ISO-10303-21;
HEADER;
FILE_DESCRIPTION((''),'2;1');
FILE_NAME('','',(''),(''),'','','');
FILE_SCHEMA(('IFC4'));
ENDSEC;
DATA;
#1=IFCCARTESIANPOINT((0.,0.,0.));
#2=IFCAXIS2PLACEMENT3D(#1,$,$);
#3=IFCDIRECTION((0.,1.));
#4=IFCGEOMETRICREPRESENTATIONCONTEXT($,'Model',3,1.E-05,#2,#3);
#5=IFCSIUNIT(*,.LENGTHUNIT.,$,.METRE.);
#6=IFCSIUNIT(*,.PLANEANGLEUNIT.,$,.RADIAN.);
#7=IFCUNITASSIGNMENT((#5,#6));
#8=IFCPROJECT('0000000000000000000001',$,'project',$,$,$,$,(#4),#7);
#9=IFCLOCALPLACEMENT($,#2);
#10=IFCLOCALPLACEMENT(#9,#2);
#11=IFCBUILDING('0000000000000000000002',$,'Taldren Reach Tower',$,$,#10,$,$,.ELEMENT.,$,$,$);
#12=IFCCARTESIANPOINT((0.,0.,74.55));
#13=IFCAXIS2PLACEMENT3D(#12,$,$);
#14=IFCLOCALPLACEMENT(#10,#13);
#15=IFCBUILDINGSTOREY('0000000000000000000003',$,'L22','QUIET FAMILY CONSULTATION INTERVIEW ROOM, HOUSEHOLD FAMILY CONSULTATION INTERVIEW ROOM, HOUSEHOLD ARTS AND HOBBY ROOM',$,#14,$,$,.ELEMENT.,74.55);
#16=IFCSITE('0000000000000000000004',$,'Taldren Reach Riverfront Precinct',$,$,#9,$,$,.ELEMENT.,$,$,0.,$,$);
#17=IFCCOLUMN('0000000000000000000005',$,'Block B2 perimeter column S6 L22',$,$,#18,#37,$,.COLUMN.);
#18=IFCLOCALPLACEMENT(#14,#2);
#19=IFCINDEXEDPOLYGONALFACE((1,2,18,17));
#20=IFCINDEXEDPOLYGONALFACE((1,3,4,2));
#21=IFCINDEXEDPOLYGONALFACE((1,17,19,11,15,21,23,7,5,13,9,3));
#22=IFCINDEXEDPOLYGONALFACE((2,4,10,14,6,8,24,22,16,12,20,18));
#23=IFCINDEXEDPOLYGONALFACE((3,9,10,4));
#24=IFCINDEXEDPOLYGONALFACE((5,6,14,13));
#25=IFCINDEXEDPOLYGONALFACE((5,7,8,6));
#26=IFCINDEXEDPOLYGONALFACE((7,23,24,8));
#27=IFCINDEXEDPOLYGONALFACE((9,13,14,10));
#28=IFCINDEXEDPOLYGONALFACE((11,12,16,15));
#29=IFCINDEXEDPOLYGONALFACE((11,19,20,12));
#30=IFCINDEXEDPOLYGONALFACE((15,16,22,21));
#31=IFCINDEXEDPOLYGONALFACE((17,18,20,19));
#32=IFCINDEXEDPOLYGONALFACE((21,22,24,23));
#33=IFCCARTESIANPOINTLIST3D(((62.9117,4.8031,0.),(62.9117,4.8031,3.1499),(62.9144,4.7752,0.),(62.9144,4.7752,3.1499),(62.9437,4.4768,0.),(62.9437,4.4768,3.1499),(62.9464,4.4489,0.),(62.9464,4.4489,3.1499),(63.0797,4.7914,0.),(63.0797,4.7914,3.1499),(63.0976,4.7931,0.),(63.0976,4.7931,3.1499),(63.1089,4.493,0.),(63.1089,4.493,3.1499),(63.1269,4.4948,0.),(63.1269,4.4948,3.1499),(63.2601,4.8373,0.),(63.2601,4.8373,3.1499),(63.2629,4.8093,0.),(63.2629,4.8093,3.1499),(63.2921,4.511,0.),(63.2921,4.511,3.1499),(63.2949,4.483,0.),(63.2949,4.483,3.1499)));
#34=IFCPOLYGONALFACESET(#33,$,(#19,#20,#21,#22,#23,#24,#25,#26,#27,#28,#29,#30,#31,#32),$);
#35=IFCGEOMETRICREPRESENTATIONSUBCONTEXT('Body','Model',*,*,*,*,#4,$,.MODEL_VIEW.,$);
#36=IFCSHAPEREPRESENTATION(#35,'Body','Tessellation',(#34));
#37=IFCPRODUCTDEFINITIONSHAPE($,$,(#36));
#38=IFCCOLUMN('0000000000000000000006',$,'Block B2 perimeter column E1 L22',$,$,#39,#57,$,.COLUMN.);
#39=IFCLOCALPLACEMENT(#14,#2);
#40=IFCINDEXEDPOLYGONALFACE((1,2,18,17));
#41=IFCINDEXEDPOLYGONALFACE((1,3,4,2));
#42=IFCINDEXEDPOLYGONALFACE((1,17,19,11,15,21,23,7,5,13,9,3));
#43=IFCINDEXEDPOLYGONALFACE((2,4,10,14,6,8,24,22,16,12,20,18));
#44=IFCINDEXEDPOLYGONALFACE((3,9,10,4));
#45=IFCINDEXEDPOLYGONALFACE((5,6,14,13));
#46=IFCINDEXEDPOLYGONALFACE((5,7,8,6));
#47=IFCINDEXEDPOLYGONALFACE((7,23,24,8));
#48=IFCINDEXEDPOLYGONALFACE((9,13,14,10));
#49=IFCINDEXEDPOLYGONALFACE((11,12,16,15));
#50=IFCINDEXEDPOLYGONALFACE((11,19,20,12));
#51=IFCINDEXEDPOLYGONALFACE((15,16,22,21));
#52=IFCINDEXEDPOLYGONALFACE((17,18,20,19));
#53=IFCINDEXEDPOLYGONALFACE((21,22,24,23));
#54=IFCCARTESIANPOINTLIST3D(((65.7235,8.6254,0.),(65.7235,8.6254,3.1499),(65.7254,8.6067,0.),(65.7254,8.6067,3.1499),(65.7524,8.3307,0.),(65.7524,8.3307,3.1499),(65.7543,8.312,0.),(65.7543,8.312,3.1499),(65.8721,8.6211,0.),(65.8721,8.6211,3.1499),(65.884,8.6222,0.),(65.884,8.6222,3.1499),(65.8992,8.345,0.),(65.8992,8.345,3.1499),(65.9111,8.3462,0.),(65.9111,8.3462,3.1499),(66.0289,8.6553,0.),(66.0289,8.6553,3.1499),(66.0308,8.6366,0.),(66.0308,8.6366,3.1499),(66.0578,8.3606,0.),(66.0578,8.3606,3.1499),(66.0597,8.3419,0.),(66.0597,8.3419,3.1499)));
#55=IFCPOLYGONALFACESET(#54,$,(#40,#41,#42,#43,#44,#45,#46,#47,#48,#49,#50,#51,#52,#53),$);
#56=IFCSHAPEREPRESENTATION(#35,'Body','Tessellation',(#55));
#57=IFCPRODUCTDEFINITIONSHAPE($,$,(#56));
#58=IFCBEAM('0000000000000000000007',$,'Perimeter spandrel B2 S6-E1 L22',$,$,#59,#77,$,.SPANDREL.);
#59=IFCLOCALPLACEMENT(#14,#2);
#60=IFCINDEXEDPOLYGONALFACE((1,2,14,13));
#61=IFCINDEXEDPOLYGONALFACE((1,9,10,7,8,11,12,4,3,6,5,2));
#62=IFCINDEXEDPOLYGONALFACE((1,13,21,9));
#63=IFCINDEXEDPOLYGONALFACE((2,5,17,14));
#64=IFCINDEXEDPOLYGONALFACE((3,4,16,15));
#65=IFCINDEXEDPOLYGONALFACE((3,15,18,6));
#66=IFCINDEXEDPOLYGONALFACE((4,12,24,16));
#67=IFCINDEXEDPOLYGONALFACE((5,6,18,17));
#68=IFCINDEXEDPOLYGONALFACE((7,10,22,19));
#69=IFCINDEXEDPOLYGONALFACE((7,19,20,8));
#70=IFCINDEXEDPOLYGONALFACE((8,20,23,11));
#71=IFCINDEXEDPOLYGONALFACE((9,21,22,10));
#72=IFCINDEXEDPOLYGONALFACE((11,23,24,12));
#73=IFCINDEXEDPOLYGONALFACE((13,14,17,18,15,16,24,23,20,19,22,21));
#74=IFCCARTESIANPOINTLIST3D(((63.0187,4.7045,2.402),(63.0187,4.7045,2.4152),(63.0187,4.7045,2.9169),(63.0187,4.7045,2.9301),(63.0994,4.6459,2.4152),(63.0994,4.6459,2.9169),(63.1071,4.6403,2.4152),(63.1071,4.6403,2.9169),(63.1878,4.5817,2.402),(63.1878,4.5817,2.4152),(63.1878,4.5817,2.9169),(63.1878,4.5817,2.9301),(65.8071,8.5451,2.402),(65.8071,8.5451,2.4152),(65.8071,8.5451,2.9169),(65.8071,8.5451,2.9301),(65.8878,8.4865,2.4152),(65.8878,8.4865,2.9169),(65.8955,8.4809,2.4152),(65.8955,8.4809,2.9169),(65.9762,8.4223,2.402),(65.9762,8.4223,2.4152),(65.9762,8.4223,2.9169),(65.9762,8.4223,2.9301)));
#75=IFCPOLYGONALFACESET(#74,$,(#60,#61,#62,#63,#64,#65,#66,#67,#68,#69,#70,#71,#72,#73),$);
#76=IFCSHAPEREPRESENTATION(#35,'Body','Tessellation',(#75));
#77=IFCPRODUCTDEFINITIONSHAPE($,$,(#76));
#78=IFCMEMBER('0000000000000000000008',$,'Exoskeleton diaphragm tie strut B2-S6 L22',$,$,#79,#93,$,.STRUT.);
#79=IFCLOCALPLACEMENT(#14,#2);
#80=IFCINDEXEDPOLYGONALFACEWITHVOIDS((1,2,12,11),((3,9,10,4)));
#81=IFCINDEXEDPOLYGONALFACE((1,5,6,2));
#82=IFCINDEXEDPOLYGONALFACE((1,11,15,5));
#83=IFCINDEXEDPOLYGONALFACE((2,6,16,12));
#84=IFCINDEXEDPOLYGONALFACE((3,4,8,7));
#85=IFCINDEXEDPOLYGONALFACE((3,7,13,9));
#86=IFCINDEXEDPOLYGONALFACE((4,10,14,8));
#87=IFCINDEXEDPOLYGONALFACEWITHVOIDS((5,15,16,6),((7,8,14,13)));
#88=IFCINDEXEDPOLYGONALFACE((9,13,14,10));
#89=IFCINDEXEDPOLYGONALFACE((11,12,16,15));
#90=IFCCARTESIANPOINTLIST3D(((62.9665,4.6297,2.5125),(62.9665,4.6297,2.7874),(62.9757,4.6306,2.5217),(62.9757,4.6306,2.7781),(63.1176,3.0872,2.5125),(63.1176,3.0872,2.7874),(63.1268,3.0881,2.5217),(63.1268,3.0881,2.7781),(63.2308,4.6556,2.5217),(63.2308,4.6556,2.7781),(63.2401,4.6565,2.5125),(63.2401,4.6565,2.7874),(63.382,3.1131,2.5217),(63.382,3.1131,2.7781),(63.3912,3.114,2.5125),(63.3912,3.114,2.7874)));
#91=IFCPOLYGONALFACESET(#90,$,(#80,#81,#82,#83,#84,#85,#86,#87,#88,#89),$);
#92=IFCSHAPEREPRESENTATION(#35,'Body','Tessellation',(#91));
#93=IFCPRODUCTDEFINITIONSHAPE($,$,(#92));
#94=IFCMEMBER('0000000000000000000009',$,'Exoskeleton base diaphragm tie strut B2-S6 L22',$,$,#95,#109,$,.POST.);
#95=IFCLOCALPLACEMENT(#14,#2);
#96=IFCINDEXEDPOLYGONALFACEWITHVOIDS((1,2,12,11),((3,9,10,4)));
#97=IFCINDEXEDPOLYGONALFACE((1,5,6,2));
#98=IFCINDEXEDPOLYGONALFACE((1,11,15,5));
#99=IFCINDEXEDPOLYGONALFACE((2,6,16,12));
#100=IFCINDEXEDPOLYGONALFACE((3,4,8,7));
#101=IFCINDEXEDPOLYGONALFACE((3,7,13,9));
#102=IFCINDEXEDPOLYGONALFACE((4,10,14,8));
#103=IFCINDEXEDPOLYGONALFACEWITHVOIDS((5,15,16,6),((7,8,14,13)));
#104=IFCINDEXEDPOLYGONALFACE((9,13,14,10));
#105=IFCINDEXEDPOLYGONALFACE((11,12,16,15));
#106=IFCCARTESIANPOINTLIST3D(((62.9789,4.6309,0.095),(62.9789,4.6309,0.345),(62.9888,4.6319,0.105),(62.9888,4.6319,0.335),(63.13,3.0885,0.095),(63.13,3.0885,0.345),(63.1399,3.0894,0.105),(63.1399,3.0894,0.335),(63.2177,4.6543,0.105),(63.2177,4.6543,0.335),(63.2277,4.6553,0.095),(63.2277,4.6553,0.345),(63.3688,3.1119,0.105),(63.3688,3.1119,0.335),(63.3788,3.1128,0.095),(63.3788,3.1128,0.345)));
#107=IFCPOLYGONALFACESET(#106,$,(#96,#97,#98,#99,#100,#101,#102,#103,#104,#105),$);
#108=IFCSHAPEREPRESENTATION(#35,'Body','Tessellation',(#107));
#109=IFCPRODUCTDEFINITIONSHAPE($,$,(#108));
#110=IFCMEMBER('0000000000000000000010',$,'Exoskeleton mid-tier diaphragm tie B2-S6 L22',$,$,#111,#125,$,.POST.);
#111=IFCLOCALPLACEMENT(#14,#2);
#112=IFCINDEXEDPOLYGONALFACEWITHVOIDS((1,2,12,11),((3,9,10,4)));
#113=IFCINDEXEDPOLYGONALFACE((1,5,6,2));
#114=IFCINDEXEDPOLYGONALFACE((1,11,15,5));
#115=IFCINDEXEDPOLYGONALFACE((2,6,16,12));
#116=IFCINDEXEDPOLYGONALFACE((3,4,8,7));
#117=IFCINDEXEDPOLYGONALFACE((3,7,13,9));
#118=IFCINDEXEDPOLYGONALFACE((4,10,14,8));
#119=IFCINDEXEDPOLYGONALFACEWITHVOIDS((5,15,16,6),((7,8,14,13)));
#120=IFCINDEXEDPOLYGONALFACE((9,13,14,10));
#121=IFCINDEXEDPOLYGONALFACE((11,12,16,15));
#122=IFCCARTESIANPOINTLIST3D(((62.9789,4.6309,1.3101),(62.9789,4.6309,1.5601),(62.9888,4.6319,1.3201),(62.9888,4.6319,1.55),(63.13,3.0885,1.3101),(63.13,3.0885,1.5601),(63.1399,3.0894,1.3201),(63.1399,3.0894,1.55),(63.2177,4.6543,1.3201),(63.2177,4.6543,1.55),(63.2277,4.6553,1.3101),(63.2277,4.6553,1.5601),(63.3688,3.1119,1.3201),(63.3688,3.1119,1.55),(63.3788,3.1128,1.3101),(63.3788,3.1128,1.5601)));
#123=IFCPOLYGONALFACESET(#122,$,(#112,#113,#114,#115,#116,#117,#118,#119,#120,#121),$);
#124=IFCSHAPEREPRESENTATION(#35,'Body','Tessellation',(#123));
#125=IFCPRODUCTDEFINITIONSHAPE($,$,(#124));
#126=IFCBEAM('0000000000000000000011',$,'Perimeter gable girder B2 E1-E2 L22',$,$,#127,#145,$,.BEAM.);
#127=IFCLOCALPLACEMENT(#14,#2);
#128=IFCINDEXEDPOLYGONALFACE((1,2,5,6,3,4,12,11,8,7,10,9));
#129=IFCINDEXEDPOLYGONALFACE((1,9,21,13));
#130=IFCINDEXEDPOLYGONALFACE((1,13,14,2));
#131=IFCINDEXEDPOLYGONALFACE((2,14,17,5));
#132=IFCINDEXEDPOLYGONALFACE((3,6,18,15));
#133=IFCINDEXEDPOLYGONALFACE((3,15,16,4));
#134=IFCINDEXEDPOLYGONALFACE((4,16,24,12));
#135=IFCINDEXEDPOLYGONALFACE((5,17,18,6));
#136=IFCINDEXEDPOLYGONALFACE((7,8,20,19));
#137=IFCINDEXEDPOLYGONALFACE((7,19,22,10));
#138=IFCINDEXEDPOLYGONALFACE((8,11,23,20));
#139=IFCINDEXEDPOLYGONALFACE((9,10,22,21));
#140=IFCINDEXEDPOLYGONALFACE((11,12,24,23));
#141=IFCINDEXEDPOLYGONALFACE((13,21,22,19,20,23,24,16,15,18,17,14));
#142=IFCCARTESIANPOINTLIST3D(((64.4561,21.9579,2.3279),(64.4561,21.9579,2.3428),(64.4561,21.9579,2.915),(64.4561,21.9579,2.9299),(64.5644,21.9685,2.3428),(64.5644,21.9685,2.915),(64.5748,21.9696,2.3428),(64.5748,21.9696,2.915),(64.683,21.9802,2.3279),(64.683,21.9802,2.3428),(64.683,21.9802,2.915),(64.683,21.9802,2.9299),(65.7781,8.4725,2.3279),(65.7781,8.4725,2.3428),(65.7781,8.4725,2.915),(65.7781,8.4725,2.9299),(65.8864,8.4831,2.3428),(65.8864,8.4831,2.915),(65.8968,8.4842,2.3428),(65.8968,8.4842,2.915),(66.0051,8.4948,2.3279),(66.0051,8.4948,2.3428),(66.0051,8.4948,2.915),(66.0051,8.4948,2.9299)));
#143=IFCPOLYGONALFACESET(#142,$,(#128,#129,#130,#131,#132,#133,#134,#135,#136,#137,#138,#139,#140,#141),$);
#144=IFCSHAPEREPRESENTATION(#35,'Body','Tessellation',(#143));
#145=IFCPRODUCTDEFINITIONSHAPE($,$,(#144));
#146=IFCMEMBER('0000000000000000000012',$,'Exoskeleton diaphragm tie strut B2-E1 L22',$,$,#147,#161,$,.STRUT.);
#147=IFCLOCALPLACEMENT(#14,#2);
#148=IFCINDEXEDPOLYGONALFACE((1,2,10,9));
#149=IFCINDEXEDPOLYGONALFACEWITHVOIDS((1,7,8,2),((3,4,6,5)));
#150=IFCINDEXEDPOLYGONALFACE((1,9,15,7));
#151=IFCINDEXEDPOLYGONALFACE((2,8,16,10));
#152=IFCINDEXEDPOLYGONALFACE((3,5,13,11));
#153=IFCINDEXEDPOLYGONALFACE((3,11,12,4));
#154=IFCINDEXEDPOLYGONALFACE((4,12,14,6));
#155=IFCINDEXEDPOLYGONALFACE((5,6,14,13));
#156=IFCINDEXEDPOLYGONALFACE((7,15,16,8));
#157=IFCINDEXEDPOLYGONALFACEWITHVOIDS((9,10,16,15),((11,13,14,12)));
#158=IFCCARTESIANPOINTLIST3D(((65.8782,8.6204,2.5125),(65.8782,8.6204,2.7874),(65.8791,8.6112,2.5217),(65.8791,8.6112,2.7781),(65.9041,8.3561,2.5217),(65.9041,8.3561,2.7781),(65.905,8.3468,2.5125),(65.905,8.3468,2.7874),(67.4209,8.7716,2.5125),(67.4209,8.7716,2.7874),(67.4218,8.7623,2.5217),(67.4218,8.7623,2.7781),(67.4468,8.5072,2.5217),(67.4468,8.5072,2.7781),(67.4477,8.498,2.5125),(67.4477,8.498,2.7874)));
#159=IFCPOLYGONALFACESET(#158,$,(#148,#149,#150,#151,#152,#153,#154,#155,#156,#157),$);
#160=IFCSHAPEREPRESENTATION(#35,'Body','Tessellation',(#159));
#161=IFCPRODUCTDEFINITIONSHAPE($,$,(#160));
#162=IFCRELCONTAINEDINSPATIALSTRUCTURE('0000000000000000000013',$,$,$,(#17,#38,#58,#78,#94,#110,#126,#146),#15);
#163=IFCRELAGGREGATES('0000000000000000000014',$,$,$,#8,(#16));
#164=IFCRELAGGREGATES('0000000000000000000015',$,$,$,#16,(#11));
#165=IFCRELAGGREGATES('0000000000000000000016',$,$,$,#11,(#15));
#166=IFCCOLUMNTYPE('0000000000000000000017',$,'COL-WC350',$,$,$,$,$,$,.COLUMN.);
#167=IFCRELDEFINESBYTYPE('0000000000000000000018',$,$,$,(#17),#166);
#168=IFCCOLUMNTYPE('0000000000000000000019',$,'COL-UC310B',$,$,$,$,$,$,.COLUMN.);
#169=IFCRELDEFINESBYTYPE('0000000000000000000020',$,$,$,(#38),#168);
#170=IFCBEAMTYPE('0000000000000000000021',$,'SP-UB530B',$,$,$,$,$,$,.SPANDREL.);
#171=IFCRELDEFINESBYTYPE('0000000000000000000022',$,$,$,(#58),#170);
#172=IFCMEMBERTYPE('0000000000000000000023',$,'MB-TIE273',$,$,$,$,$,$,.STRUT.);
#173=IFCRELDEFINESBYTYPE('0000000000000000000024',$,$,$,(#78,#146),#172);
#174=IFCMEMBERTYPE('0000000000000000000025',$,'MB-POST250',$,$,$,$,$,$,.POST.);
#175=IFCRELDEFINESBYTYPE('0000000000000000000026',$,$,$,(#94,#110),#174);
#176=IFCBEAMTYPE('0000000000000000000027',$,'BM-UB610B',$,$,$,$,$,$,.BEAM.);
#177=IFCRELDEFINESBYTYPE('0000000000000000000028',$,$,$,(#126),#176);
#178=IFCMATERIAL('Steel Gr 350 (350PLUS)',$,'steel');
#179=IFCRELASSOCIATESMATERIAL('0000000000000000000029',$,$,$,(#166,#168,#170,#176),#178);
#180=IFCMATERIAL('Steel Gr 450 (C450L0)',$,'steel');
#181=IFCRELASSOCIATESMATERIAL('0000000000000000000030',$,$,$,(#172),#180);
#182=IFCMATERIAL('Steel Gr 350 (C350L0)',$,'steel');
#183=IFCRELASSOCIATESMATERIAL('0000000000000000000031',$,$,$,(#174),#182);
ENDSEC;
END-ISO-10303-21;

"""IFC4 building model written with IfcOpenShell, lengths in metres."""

from ifc_helpers import new_model, si_unit, direction, frame, origin, origin_2d, place, context, subcontext, project, spatial, hollow_rectangle, i_section, extrude, source, transform, mapped, material, material_profile, profile_set, type_object, element, save


model = new_model("IFC4")

# Units and contexts
model_context = context("Model", 3, precision=1e-05, world=origin(), true_north=direction((0.0, 1.0)))
body_context = subcontext(model_context, "Body", "Model", "MODEL_VIEW")
ifc_project = project(units=[si_unit("LENGTHUNIT", "METRE"), si_unit("PLANEANGLEUNIT", "RADIAN")], contexts=[model_context])

# Site, building, storey
site_placement = place(None, origin())
site = spatial("IfcSite", under=ifc_project, at=site_placement, Name="Taldren Reach Riverfront Precinct", CompositionType="ELEMENT", RefElevation=0.0)
building_placement = place(site_placement, origin())
building = spatial("IfcBuilding", under=site, at=building_placement, Name="Taldren Reach Tower", CompositionType="ELEMENT")
storey_placement = place(building_placement, frame((0.0, 0.0, 74.55)))
storey = spatial("IfcBuildingStorey", under=building, at=storey_placement, Name="L22", Description="QUIET FAMILY CONSULTATION INTERVIEW ROOM, HOUSEHOLD FAMILY CONSULTATION INTERVIEW ROOM, HOUSEHOLD ARTS AND HOBBY ROOM", CompositionType="ELEMENT", Elevation=74.55)

# Columns
ifc_material_1 = material(Name="Steel Gr 350 (350PLUS)", Category="steel")
ifc_material_profile_1 = material_profile(ifc_material_1, i_section(OverallWidth=0.3501, OverallDepth=0.356, WebThickness=0.0181, FlangeThickness=0.0281, at=origin_2d()), Name="350WC197")
ifc_profile_set_1 = profile_set([ifc_material_profile_1], Name="Steel Gr 350 (350PLUS)")
column_type_1 = type_object("IfcColumnType", Name="COL-WC350", PredefinedType="COLUMN", material=ifc_profile_set_1)
shared_shape_1 = source(origin(), body_context, "Body", "SweptSolid", [
    extrude(i_section(OverallWidth=0.3501, OverallDepth=0.356, WebThickness=0.0181, FlangeThickness=0.0281, at=origin_2d()), origin(), (0.0, 0.0, 1.0), 3.1499),
])
column_1_placement = place(storey_placement, frame((63.1033, 4.6431, 0.0), z_axis=(0.0, 0.0, 1.0), x_axis=(0.995227, 0.097583, 0.0)))
element("IfcColumn", 1, at=column_1_placement, inside=storey, type_object=column_type_1, Name="Block B2 perimeter column S6 L22", PredefinedType="COLUMN", context=body_context, shape_type="MappedRepresentation", body=[
    mapped(shared_shape_1, transform((0.0, 0.0, 0.0), scale=1.0)),
])
ifc_material_profile_2 = material_profile(ifc_material_1, i_section(OverallWidth=0.3069, OverallDepth=0.3149, WebThickness=0.012, FlangeThickness=0.0188, at=origin_2d()), Name="310UC118")
ifc_profile_set_2 = profile_set([ifc_material_profile_2], Name="Steel Gr 350 (350PLUS)")
column_type_2 = type_object("IfcColumnType", Name="COL-UC310B", PredefinedType="COLUMN", material=ifc_profile_set_2)
shared_shape_2 = source(origin(), body_context, "Body", "SweptSolid", [
    extrude(i_section(OverallWidth=0.3069, OverallDepth=0.3149, WebThickness=0.012, FlangeThickness=0.0188, at=origin_2d()), origin(), (0.0, 0.0, 1.0), 3.1499),
])
column_2_placement = place(storey_placement, frame((65.8916, 8.4836, 0.0), z_axis=(0.0, 0.0, 1.0), x_axis=(0.995227, 0.097583, 0.0)))
element("IfcColumn", 2, at=column_2_placement, inside=storey, type_object=column_type_2, Name="Block B2 perimeter column E1 L22", PredefinedType="COLUMN", context=body_context, shape_type="MappedRepresentation", body=[
    mapped(shared_shape_2, transform((0.0, 0.0, 0.0), scale=1.0)),
])

# Beam
ifc_material_profile_3 = material_profile(ifc_material_1, i_section(OverallWidth=0.209, OverallDepth=0.5281, WebThickness=0.0095, FlangeThickness=0.0132, at=origin_2d()), Name="530UB82.0")
ifc_profile_set_3 = profile_set([ifc_material_profile_3], Name="Steel Gr 350 (350PLUS)")
beam_type_1 = type_object("IfcBeamType", Name="SP-UB530B", PredefinedType="SPANDREL", material=ifc_profile_set_3)
shared_shape_3 = source(origin(), body_context, "Body", "SweptSolid", [
    extrude(i_section(OverallWidth=0.209, OverallDepth=0.5281, WebThickness=0.0095, FlangeThickness=0.0132, at=origin_2d()), origin(), (0.0, 0.0, 1.0), 4.7461),
])
beam_1_placement = place(storey_placement, frame((63.1033, 4.6431, 2.666), z_axis=(0.587508, 0.809219, 0.0), x_axis=(-0.809219, 0.587508, 0.0)))
element("IfcBeam", 3, at=beam_1_placement, inside=storey, type_object=beam_type_1, Name="Perimeter spandrel B2 S6-E1 L22", PredefinedType="SPANDREL", context=body_context, shape_type="MappedRepresentation", body=[
    mapped(shared_shape_3, transform((0.0, 0.0, 0.0), scale=1.0)),
])

# Members
ifc_material_2 = material(Name="Steel Gr 450 (C450L0)", Category="steel")
ifc_material_profile_4 = material_profile(ifc_material_2, hollow_rectangle(XDim=0.2749, YDim=0.2749, WallThickness=0.0093, at=origin_2d()), Name="275x275x9.3SHS")
ifc_profile_set_4 = profile_set([ifc_material_profile_4], Name="Steel Gr 450 (C450L0)")
member_type_1 = type_object("IfcMemberType", Name="MB-TIE273", PredefinedType="STRUT", material=ifc_profile_set_4)
shared_shape_4 = source(origin(), body_context, "Body", "SweptSolid", [
    extrude(hollow_rectangle(XDim=0.2749, YDim=0.2749, WallThickness=0.0093, at=origin_2d()), origin(), (0.0, 0.0, 1.0), 1.5498),
])
member_1_placement = place(storey_placement, frame((63.1033, 4.6431, 2.6499), z_axis=(0.097507, -0.995235, 0.0), x_axis=(0.995235, 0.097507, 0.0)))
element("IfcMember", 4, at=member_1_placement, inside=storey, type_object=member_type_1, Name="Exoskeleton diaphragm tie strut B2-S6 L22", PredefinedType="STRUT", context=body_context, shape_type="MappedRepresentation", body=[
    mapped(shared_shape_4, transform((0.0, 0.0, 0.0), scale=1.0)),
])
ifc_material_3 = material(Name="Steel Gr 350 (C350L0)", Category="steel")
ifc_material_profile_5 = material_profile(ifc_material_3, hollow_rectangle(XDim=0.25, YDim=0.25, WallThickness=0.01, at=origin_2d()), Name="250x250x10.0SHS")
ifc_profile_set_5 = profile_set([ifc_material_profile_5], Name="Steel Gr 350 (C350L0)")
member_type_2 = type_object("IfcMemberType", Name="MB-POST250", PredefinedType="POST", material=ifc_profile_set_5)
shared_shape_5 = source(origin(), body_context, "Body", "SweptSolid", [
    extrude(hollow_rectangle(XDim=0.25, YDim=0.25, WallThickness=0.01, at=origin_2d()), origin(), (0.0, 0.0, 1.0), 1.5498),
])
for number, where, z_axis, x_axis, name in (
    (5, (63.1033, 4.6431, 0.22), (0.097507, -0.995235, 0.0), (0.995235, 0.097507, 0.0), "Exoskeleton base diaphragm tie strut B2-S6 L22"),
    (6, (63.1033, 4.6431, 1.4351), (0.097507, -0.995235, 0.0), (0.995235, 0.097507, 0.0), "Exoskeleton mid-tier diaphragm tie B2-S6 L22"),
):
    element("IfcMember", number, at=place(storey_placement, frame(where, z_axis=z_axis, x_axis=x_axis)), inside=storey, type_object=member_type_2, Name=name, PredefinedType="POST", context=body_context, shape_type="MappedRepresentation", body=[
        mapped(shared_shape_5, transform((0.0, 0.0, 0.0), scale=1.0)),
    ])

# Beam
ifc_material_profile_6 = material_profile(ifc_material_1, i_section(OverallWidth=0.228, OverallDepth=0.6021, WebThickness=0.0105, FlangeThickness=0.0149, at=origin_2d()), Name="610UB101")
ifc_profile_set_6 = profile_set([ifc_material_profile_6], Name="Steel Gr 350 (350PLUS)")
beam_type_2 = type_object("IfcBeamType", Name="BM-UB610B", PredefinedType="BEAM", material=ifc_profile_set_6)
shared_shape_6 = source(origin(), body_context, "Body", "SweptSolid", [
    extrude(i_section(OverallWidth=0.228, OverallDepth=0.6021, WebThickness=0.0105, FlangeThickness=0.0149, at=origin_2d()), origin(), (0.0, 0.0, 1.0), 13.55),
])
beam_2_placement = place(storey_placement, frame((65.8916, 8.4836, 2.6289), z_axis=(-0.097566, 0.995229, 0.0), x_axis=(-0.995229, -0.097566, 0.0)))
element("IfcBeam", 7, at=beam_2_placement, inside=storey, type_object=beam_type_2, Name="Perimeter gable girder B2 E1-E2 L22", PredefinedType="BEAM", context=body_context, shape_type="MappedRepresentation", body=[
    mapped(shared_shape_6, transform((0.0, 0.0, 0.0), scale=1.0)),
])

# Member
shared_shape_7 = source(origin(), body_context, "Body", "SweptSolid", [
    extrude(hollow_rectangle(XDim=0.2749, YDim=0.2749, WallThickness=0.0093, at=origin_2d()), origin(), (0.0, 0.0, 1.0), 1.55),
])
member_2_placement = place(storey_placement, frame((65.8916, 8.4836, 2.6499), z_axis=(0.995236, 0.097492, 0.0), x_axis=(-0.097492, 0.995236, 0.0)))
element("IfcMember", 8, at=member_2_placement, inside=storey, type_object=member_type_1, Name="Exoskeleton diaphragm tie strut B2-E1 L22", PredefinedType="STRUT", context=body_context, shape_type="MappedRepresentation", body=[
    mapped(shared_shape_7, transform((0.0, 0.0, 0.0), scale=1.0)),
])

save(model, "model.ifc")
